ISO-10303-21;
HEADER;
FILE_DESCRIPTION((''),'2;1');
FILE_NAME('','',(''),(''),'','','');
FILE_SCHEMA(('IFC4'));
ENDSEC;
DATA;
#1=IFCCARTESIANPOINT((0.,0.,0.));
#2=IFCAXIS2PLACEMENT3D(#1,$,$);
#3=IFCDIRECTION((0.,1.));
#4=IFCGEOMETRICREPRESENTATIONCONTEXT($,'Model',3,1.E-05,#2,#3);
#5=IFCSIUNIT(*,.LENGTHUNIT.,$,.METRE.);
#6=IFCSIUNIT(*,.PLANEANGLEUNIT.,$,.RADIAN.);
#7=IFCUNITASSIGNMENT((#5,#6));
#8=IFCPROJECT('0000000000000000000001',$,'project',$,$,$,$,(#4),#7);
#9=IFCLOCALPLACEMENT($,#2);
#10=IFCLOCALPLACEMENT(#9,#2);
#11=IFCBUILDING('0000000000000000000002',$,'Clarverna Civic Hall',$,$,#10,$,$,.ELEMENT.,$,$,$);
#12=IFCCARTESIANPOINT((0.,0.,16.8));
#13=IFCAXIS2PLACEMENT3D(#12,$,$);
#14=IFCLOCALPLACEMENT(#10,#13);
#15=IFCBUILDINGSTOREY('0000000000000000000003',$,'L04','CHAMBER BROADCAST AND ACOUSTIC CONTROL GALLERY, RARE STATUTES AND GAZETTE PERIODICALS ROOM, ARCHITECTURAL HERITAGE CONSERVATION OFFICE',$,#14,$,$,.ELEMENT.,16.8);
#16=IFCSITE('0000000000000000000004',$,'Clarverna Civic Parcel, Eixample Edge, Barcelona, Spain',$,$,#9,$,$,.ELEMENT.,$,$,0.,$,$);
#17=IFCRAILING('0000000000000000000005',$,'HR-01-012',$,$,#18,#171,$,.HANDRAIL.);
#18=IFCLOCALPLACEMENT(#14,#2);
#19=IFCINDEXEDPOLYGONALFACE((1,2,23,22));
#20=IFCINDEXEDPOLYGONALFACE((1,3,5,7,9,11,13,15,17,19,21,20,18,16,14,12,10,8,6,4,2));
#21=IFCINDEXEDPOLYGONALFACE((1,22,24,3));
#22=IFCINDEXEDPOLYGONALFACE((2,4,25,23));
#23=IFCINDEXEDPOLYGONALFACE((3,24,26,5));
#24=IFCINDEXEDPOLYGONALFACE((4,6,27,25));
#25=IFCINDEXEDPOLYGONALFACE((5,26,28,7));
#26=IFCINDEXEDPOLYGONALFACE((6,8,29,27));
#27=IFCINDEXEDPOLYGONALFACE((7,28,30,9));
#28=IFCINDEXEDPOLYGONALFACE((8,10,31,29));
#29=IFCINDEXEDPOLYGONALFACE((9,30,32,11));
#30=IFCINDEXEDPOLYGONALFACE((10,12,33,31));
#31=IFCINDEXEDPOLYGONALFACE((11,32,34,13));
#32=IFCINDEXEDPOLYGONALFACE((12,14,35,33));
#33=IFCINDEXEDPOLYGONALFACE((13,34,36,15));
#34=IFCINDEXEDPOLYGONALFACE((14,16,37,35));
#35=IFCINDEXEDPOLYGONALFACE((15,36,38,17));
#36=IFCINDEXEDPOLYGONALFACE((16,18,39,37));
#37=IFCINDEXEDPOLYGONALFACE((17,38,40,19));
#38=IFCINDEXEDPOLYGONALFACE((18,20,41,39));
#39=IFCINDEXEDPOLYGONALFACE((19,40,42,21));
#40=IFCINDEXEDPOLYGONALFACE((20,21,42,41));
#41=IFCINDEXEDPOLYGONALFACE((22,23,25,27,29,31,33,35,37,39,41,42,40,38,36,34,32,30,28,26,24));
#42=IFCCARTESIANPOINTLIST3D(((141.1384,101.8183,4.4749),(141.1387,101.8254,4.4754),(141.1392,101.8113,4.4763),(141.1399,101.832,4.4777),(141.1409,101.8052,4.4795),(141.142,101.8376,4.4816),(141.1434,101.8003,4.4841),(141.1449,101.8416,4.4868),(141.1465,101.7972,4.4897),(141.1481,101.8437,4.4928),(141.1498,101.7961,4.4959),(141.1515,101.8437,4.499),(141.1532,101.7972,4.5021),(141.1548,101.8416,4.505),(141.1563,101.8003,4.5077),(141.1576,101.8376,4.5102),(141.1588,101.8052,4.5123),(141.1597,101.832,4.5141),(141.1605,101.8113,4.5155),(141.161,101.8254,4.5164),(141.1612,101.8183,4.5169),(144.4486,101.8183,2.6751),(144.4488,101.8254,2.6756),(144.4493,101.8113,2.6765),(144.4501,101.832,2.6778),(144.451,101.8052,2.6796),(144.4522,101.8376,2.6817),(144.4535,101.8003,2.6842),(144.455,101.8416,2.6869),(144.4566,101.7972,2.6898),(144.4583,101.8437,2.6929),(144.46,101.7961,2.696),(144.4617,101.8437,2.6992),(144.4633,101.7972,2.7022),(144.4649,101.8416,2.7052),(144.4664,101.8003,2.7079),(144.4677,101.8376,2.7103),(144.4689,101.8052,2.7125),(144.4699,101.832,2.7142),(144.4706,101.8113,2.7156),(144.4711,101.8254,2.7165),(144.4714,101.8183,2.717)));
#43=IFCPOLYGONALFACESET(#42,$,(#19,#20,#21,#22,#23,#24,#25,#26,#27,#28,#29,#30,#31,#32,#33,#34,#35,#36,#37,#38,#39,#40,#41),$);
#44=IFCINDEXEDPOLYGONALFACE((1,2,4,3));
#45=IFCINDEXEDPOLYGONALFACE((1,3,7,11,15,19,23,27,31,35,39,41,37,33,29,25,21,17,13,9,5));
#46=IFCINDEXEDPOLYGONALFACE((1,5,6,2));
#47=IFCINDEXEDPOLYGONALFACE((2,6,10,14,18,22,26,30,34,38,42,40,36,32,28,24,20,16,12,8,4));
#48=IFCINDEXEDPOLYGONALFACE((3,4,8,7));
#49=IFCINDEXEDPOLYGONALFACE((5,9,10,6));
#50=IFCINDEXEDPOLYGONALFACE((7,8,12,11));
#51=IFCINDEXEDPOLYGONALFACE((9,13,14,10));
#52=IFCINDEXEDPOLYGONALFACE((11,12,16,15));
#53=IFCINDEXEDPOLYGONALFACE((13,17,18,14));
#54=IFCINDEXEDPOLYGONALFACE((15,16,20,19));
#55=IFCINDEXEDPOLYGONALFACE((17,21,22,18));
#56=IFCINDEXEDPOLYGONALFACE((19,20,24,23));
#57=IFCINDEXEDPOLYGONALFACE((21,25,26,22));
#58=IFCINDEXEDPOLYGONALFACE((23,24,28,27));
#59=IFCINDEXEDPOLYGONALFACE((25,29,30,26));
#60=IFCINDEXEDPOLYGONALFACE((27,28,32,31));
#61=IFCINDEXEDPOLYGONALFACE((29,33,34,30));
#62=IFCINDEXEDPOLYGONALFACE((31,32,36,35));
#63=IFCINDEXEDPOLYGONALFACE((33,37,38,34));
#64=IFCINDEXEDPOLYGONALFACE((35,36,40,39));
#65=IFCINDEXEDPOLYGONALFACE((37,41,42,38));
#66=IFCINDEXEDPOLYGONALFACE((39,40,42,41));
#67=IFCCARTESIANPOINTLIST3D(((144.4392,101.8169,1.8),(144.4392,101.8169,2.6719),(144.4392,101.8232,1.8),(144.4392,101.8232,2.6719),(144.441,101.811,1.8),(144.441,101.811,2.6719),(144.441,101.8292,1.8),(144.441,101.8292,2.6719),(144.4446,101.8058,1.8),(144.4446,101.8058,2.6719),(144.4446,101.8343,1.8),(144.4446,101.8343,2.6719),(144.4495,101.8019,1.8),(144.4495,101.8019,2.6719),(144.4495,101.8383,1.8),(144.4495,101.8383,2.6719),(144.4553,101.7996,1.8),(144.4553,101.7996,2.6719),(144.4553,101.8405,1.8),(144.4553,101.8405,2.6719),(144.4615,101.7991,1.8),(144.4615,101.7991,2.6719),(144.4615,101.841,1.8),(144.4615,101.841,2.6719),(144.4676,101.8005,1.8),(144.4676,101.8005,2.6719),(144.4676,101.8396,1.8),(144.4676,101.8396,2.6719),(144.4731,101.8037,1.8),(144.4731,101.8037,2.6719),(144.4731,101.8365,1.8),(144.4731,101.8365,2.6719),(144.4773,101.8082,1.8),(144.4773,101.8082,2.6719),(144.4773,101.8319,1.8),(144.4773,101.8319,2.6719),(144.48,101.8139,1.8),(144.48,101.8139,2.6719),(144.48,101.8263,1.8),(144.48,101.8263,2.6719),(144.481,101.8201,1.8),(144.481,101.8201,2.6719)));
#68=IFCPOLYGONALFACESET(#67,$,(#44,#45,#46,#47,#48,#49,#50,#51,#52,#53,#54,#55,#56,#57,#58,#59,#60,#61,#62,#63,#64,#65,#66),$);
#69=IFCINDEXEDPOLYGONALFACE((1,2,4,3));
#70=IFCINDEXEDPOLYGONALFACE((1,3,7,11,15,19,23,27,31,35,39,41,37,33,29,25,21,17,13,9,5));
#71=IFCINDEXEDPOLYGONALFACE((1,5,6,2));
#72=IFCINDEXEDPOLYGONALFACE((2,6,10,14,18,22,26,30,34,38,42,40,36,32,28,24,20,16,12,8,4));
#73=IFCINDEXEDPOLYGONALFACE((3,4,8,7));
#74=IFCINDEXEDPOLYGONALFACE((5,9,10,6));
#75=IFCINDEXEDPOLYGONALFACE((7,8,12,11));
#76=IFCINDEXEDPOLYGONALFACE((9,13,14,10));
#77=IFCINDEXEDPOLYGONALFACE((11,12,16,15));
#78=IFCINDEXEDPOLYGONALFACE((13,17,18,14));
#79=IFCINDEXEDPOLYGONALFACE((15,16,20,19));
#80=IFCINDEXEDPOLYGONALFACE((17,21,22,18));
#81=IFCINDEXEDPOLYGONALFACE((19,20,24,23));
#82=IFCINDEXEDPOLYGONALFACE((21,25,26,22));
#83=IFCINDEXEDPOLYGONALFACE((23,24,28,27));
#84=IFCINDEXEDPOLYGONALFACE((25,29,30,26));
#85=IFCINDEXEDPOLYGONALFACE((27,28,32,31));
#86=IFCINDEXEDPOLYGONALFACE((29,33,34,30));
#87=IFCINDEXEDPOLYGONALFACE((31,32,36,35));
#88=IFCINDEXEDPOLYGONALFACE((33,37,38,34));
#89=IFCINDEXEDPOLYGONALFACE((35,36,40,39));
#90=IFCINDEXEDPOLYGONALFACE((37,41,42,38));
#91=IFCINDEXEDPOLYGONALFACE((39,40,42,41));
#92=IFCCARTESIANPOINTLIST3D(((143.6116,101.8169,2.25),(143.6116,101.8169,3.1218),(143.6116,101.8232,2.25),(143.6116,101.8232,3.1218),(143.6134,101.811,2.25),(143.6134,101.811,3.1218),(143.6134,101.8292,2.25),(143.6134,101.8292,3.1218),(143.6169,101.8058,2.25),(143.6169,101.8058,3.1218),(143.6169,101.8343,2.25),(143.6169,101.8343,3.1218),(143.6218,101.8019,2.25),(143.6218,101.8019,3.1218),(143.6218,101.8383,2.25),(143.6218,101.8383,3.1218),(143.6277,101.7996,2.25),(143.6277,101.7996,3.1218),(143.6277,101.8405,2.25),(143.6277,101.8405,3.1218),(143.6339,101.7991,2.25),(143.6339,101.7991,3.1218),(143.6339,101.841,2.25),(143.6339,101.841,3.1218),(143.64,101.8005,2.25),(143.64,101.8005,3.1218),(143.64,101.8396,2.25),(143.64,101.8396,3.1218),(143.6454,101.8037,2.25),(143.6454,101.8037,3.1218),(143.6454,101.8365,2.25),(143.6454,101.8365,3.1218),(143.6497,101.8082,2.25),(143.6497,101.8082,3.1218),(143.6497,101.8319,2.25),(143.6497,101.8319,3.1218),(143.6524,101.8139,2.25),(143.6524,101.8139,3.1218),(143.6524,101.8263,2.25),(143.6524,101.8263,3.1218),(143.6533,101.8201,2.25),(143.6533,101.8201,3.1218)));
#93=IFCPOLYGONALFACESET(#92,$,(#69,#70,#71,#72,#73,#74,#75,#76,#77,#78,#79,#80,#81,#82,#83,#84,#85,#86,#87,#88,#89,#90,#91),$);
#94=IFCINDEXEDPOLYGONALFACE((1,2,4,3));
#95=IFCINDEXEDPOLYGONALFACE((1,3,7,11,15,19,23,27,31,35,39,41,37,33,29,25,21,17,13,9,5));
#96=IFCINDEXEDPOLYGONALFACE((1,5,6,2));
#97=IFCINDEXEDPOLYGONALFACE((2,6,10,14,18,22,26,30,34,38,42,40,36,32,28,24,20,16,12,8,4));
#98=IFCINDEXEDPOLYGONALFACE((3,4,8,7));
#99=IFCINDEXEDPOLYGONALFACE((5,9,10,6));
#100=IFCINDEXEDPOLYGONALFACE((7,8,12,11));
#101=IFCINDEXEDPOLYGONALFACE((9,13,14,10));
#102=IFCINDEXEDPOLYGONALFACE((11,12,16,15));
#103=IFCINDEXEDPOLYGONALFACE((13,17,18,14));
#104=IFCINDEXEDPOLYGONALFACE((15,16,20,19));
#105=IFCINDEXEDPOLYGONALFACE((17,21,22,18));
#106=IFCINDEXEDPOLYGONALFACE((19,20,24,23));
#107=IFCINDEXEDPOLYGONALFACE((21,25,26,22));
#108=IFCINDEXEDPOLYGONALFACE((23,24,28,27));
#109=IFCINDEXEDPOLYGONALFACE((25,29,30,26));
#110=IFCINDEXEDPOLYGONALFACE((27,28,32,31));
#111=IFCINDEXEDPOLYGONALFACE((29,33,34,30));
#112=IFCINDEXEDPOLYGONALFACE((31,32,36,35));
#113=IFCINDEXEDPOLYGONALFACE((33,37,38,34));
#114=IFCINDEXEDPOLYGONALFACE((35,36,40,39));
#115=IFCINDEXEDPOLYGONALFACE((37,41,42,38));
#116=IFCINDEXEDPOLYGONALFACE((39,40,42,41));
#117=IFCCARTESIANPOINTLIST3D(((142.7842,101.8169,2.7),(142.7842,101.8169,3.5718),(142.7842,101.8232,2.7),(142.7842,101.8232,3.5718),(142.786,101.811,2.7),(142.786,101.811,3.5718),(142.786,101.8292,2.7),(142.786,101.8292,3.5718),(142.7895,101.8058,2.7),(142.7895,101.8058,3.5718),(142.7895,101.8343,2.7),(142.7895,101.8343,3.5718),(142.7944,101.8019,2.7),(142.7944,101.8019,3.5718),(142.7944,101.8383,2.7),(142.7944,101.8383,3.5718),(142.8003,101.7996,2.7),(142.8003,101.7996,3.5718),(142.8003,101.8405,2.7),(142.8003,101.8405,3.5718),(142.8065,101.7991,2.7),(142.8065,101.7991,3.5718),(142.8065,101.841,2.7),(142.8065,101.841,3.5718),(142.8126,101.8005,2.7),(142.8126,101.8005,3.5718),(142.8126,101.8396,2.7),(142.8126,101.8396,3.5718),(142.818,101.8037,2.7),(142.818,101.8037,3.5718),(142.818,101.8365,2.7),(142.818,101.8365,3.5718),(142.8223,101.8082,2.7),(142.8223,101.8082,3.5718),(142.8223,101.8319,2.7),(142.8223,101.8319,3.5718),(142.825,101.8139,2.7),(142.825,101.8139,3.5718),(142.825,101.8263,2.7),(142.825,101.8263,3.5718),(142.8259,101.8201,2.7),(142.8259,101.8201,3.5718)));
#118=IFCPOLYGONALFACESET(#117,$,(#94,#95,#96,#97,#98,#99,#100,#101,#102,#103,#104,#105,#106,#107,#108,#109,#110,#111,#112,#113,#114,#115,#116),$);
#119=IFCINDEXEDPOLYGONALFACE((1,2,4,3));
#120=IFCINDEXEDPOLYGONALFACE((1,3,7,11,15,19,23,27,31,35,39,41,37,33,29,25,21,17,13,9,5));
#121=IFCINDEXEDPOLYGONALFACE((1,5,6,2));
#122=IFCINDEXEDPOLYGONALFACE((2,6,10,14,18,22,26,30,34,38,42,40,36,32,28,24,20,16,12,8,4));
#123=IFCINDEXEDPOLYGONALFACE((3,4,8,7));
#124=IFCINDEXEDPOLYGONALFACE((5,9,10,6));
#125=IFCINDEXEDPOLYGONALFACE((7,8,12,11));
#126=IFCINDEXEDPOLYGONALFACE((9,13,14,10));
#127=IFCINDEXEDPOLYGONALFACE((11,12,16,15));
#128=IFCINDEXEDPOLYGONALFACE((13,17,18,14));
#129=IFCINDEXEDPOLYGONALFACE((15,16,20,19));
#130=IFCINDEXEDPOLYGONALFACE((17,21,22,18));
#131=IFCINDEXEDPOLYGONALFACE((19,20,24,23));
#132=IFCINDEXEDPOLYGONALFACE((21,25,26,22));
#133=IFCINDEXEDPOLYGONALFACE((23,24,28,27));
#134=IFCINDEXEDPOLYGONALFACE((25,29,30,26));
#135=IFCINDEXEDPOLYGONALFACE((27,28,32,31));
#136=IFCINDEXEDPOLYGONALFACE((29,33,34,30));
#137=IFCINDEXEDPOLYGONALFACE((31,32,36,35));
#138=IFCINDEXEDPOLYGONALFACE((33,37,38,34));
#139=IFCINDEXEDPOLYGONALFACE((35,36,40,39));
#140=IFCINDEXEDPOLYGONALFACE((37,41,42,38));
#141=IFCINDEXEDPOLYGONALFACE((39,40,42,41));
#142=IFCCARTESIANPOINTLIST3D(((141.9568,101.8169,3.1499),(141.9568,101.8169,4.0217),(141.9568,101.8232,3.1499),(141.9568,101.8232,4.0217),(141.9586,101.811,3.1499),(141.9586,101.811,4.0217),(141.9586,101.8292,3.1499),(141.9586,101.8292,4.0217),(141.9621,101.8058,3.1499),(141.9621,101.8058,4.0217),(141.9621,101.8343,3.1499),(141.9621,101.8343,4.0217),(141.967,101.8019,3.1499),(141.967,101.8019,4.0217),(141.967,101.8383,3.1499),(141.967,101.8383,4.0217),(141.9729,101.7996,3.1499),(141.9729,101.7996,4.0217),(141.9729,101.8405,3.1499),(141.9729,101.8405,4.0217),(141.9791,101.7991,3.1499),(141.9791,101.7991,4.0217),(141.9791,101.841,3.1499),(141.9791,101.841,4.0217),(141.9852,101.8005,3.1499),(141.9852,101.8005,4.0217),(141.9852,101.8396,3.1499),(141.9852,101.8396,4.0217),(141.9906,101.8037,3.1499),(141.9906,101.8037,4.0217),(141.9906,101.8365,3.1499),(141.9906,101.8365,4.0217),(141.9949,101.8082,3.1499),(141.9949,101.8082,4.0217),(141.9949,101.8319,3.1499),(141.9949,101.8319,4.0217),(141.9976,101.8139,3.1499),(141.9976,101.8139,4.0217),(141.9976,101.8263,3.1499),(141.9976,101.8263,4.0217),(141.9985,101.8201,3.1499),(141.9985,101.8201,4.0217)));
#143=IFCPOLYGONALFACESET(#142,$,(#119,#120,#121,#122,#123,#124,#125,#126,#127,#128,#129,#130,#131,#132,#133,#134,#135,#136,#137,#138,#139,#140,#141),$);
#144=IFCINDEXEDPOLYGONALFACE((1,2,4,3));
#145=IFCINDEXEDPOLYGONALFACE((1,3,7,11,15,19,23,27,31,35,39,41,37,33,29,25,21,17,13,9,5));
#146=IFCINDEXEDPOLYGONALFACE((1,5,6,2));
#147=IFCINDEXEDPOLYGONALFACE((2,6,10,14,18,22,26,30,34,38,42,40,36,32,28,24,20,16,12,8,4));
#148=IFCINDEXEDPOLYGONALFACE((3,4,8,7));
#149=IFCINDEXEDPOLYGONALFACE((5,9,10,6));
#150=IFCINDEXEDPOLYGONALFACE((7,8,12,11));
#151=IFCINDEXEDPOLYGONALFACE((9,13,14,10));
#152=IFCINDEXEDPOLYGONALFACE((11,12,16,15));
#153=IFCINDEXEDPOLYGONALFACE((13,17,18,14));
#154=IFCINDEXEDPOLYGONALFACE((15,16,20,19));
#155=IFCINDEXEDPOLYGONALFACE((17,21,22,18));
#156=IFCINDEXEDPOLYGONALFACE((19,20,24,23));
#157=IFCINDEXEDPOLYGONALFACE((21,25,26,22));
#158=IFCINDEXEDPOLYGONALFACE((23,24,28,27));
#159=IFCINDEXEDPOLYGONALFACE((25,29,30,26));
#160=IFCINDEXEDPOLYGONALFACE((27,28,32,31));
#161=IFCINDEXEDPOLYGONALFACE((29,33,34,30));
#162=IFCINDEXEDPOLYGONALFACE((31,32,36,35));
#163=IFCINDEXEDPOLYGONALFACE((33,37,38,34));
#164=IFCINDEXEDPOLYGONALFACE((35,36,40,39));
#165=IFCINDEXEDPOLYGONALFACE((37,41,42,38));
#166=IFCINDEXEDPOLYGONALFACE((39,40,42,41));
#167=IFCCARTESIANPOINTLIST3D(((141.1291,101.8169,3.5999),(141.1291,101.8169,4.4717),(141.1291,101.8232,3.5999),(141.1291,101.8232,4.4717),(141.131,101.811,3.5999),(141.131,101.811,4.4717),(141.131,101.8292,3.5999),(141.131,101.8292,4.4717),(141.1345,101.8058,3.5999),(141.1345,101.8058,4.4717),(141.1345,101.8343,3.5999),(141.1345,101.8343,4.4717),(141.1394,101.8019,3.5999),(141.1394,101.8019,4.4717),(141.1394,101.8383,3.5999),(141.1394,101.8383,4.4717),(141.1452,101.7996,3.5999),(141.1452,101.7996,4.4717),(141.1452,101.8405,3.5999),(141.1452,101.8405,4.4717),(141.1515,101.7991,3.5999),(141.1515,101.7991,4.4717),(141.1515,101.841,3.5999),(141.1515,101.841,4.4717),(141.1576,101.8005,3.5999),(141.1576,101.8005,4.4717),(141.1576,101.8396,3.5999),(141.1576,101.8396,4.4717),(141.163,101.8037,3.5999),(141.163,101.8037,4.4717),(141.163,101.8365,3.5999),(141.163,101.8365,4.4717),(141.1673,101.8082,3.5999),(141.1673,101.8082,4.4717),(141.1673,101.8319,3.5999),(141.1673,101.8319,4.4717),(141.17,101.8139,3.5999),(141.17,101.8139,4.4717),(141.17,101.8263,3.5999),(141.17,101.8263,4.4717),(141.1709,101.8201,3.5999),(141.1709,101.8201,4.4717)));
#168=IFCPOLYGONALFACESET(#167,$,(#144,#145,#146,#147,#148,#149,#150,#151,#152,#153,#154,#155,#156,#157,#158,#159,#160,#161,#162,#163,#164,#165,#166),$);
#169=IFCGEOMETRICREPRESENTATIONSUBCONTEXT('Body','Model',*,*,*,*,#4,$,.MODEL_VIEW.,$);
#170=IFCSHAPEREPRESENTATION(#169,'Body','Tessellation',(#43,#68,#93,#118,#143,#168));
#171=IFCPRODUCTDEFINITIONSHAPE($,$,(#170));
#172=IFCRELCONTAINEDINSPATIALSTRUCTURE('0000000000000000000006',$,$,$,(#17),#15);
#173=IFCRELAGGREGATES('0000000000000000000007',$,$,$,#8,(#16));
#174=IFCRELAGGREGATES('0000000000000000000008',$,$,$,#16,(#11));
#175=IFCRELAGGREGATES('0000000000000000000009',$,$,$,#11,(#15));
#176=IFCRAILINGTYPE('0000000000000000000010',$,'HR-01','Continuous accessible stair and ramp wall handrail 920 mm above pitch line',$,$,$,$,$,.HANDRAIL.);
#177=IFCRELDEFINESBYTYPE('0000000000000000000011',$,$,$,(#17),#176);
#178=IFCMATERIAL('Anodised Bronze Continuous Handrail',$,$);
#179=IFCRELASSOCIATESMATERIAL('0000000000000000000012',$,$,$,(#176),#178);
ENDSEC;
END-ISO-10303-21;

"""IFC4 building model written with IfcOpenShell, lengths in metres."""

from ifc_helpers import new_model, si_unit, direction, frame, origin, origin_2d, place, context, subcontext, project, spatial, circle, extrude, material, type_object, element, save


model = new_model("IFC4")

# Units and contexts
model_context = context("Model", 3, precision=1e-05, world=origin(), true_north=direction((0.0, 1.0)))
body_context = subcontext(model_context, "Body", "Model", "MODEL_VIEW")
ifc_project = project(units=[si_unit("LENGTHUNIT", "METRE"), si_unit("PLANEANGLEUNIT", "RADIAN")], contexts=[model_context])

# Site, building, storey
site_placement = place(None, origin())
site = spatial("IfcSite", under=ifc_project, at=site_placement, Name="Clarverna Civic Parcel, Eixample Edge, Barcelona, Spain", CompositionType="ELEMENT", RefElevation=0.0)
building_placement = place(site_placement, origin())
building = spatial("IfcBuilding", under=site, at=building_placement, Name="Clarverna Civic Hall", CompositionType="ELEMENT")
storey_placement = place(building_placement, frame((0.0, 0.0, 16.8)))
storey = spatial("IfcBuildingStorey", under=building, at=storey_placement, Name="L04", Description="CHAMBER BROADCAST AND ACOUSTIC CONTROL GALLERY, RARE STATUTES AND GAZETTE PERIODICALS ROOM, ARCHITECTURAL HERITAGE CONSERVATION OFFICE", CompositionType="ELEMENT", Elevation=16.8)

# Railing
ifc_material_1 = material(Name="Anodised Bronze Continuous Handrail")
railing_type_1 = type_object("IfcRailingType", Name="HR-01", Description="Continuous accessible stair and ramp wall handrail 920 mm above pitch line", PredefinedType="HANDRAIL", material=ifc_material_1)
railing_1_placement = place(storey_placement, frame((144.46, 101.8201, 1.8)))
element("IfcRailing", 1, at=railing_1_placement, inside=storey, type_object=railing_type_1, Name="HR-01-012", PredefinedType="HANDRAIL", context=body_context, shape_type="SweptSolid", body=[
    extrude(circle(Radius=0.0239, at=origin_2d()), frame((0.0, 0.0, 0.896), z_axis=(-0.878529, 0.0, 0.477689), x_axis=(0.0, -1.0, 0.0)), (0.0, 0.0, 1.0), 3.7678),
    extrude(circle(Radius=0.021, at=origin_2d()), origin(), (0.0, 0.0, 1.0), 0.8718),
    extrude(circle(Radius=0.021, at=origin_2d()), frame((-0.8276, 0.0, 0.45)), (0.0, 0.0, 1.0), 0.8718),
    extrude(circle(Radius=0.021, at=origin_2d()), frame((-1.655, 0.0, 0.8999)), (0.0, 0.0, 1.0), 0.8718),
    extrude(circle(Radius=0.021, at=origin_2d()), frame((-2.4824, 0.0, 1.3499)), (0.0, 0.0, 1.0), 0.8718),
    extrude(circle(Radius=0.021, at=origin_2d()), frame((-3.3101, 0.0, 1.7998)), (0.0, 0.0, 1.0), 0.8718),
])

save(model, "model.ifc")
